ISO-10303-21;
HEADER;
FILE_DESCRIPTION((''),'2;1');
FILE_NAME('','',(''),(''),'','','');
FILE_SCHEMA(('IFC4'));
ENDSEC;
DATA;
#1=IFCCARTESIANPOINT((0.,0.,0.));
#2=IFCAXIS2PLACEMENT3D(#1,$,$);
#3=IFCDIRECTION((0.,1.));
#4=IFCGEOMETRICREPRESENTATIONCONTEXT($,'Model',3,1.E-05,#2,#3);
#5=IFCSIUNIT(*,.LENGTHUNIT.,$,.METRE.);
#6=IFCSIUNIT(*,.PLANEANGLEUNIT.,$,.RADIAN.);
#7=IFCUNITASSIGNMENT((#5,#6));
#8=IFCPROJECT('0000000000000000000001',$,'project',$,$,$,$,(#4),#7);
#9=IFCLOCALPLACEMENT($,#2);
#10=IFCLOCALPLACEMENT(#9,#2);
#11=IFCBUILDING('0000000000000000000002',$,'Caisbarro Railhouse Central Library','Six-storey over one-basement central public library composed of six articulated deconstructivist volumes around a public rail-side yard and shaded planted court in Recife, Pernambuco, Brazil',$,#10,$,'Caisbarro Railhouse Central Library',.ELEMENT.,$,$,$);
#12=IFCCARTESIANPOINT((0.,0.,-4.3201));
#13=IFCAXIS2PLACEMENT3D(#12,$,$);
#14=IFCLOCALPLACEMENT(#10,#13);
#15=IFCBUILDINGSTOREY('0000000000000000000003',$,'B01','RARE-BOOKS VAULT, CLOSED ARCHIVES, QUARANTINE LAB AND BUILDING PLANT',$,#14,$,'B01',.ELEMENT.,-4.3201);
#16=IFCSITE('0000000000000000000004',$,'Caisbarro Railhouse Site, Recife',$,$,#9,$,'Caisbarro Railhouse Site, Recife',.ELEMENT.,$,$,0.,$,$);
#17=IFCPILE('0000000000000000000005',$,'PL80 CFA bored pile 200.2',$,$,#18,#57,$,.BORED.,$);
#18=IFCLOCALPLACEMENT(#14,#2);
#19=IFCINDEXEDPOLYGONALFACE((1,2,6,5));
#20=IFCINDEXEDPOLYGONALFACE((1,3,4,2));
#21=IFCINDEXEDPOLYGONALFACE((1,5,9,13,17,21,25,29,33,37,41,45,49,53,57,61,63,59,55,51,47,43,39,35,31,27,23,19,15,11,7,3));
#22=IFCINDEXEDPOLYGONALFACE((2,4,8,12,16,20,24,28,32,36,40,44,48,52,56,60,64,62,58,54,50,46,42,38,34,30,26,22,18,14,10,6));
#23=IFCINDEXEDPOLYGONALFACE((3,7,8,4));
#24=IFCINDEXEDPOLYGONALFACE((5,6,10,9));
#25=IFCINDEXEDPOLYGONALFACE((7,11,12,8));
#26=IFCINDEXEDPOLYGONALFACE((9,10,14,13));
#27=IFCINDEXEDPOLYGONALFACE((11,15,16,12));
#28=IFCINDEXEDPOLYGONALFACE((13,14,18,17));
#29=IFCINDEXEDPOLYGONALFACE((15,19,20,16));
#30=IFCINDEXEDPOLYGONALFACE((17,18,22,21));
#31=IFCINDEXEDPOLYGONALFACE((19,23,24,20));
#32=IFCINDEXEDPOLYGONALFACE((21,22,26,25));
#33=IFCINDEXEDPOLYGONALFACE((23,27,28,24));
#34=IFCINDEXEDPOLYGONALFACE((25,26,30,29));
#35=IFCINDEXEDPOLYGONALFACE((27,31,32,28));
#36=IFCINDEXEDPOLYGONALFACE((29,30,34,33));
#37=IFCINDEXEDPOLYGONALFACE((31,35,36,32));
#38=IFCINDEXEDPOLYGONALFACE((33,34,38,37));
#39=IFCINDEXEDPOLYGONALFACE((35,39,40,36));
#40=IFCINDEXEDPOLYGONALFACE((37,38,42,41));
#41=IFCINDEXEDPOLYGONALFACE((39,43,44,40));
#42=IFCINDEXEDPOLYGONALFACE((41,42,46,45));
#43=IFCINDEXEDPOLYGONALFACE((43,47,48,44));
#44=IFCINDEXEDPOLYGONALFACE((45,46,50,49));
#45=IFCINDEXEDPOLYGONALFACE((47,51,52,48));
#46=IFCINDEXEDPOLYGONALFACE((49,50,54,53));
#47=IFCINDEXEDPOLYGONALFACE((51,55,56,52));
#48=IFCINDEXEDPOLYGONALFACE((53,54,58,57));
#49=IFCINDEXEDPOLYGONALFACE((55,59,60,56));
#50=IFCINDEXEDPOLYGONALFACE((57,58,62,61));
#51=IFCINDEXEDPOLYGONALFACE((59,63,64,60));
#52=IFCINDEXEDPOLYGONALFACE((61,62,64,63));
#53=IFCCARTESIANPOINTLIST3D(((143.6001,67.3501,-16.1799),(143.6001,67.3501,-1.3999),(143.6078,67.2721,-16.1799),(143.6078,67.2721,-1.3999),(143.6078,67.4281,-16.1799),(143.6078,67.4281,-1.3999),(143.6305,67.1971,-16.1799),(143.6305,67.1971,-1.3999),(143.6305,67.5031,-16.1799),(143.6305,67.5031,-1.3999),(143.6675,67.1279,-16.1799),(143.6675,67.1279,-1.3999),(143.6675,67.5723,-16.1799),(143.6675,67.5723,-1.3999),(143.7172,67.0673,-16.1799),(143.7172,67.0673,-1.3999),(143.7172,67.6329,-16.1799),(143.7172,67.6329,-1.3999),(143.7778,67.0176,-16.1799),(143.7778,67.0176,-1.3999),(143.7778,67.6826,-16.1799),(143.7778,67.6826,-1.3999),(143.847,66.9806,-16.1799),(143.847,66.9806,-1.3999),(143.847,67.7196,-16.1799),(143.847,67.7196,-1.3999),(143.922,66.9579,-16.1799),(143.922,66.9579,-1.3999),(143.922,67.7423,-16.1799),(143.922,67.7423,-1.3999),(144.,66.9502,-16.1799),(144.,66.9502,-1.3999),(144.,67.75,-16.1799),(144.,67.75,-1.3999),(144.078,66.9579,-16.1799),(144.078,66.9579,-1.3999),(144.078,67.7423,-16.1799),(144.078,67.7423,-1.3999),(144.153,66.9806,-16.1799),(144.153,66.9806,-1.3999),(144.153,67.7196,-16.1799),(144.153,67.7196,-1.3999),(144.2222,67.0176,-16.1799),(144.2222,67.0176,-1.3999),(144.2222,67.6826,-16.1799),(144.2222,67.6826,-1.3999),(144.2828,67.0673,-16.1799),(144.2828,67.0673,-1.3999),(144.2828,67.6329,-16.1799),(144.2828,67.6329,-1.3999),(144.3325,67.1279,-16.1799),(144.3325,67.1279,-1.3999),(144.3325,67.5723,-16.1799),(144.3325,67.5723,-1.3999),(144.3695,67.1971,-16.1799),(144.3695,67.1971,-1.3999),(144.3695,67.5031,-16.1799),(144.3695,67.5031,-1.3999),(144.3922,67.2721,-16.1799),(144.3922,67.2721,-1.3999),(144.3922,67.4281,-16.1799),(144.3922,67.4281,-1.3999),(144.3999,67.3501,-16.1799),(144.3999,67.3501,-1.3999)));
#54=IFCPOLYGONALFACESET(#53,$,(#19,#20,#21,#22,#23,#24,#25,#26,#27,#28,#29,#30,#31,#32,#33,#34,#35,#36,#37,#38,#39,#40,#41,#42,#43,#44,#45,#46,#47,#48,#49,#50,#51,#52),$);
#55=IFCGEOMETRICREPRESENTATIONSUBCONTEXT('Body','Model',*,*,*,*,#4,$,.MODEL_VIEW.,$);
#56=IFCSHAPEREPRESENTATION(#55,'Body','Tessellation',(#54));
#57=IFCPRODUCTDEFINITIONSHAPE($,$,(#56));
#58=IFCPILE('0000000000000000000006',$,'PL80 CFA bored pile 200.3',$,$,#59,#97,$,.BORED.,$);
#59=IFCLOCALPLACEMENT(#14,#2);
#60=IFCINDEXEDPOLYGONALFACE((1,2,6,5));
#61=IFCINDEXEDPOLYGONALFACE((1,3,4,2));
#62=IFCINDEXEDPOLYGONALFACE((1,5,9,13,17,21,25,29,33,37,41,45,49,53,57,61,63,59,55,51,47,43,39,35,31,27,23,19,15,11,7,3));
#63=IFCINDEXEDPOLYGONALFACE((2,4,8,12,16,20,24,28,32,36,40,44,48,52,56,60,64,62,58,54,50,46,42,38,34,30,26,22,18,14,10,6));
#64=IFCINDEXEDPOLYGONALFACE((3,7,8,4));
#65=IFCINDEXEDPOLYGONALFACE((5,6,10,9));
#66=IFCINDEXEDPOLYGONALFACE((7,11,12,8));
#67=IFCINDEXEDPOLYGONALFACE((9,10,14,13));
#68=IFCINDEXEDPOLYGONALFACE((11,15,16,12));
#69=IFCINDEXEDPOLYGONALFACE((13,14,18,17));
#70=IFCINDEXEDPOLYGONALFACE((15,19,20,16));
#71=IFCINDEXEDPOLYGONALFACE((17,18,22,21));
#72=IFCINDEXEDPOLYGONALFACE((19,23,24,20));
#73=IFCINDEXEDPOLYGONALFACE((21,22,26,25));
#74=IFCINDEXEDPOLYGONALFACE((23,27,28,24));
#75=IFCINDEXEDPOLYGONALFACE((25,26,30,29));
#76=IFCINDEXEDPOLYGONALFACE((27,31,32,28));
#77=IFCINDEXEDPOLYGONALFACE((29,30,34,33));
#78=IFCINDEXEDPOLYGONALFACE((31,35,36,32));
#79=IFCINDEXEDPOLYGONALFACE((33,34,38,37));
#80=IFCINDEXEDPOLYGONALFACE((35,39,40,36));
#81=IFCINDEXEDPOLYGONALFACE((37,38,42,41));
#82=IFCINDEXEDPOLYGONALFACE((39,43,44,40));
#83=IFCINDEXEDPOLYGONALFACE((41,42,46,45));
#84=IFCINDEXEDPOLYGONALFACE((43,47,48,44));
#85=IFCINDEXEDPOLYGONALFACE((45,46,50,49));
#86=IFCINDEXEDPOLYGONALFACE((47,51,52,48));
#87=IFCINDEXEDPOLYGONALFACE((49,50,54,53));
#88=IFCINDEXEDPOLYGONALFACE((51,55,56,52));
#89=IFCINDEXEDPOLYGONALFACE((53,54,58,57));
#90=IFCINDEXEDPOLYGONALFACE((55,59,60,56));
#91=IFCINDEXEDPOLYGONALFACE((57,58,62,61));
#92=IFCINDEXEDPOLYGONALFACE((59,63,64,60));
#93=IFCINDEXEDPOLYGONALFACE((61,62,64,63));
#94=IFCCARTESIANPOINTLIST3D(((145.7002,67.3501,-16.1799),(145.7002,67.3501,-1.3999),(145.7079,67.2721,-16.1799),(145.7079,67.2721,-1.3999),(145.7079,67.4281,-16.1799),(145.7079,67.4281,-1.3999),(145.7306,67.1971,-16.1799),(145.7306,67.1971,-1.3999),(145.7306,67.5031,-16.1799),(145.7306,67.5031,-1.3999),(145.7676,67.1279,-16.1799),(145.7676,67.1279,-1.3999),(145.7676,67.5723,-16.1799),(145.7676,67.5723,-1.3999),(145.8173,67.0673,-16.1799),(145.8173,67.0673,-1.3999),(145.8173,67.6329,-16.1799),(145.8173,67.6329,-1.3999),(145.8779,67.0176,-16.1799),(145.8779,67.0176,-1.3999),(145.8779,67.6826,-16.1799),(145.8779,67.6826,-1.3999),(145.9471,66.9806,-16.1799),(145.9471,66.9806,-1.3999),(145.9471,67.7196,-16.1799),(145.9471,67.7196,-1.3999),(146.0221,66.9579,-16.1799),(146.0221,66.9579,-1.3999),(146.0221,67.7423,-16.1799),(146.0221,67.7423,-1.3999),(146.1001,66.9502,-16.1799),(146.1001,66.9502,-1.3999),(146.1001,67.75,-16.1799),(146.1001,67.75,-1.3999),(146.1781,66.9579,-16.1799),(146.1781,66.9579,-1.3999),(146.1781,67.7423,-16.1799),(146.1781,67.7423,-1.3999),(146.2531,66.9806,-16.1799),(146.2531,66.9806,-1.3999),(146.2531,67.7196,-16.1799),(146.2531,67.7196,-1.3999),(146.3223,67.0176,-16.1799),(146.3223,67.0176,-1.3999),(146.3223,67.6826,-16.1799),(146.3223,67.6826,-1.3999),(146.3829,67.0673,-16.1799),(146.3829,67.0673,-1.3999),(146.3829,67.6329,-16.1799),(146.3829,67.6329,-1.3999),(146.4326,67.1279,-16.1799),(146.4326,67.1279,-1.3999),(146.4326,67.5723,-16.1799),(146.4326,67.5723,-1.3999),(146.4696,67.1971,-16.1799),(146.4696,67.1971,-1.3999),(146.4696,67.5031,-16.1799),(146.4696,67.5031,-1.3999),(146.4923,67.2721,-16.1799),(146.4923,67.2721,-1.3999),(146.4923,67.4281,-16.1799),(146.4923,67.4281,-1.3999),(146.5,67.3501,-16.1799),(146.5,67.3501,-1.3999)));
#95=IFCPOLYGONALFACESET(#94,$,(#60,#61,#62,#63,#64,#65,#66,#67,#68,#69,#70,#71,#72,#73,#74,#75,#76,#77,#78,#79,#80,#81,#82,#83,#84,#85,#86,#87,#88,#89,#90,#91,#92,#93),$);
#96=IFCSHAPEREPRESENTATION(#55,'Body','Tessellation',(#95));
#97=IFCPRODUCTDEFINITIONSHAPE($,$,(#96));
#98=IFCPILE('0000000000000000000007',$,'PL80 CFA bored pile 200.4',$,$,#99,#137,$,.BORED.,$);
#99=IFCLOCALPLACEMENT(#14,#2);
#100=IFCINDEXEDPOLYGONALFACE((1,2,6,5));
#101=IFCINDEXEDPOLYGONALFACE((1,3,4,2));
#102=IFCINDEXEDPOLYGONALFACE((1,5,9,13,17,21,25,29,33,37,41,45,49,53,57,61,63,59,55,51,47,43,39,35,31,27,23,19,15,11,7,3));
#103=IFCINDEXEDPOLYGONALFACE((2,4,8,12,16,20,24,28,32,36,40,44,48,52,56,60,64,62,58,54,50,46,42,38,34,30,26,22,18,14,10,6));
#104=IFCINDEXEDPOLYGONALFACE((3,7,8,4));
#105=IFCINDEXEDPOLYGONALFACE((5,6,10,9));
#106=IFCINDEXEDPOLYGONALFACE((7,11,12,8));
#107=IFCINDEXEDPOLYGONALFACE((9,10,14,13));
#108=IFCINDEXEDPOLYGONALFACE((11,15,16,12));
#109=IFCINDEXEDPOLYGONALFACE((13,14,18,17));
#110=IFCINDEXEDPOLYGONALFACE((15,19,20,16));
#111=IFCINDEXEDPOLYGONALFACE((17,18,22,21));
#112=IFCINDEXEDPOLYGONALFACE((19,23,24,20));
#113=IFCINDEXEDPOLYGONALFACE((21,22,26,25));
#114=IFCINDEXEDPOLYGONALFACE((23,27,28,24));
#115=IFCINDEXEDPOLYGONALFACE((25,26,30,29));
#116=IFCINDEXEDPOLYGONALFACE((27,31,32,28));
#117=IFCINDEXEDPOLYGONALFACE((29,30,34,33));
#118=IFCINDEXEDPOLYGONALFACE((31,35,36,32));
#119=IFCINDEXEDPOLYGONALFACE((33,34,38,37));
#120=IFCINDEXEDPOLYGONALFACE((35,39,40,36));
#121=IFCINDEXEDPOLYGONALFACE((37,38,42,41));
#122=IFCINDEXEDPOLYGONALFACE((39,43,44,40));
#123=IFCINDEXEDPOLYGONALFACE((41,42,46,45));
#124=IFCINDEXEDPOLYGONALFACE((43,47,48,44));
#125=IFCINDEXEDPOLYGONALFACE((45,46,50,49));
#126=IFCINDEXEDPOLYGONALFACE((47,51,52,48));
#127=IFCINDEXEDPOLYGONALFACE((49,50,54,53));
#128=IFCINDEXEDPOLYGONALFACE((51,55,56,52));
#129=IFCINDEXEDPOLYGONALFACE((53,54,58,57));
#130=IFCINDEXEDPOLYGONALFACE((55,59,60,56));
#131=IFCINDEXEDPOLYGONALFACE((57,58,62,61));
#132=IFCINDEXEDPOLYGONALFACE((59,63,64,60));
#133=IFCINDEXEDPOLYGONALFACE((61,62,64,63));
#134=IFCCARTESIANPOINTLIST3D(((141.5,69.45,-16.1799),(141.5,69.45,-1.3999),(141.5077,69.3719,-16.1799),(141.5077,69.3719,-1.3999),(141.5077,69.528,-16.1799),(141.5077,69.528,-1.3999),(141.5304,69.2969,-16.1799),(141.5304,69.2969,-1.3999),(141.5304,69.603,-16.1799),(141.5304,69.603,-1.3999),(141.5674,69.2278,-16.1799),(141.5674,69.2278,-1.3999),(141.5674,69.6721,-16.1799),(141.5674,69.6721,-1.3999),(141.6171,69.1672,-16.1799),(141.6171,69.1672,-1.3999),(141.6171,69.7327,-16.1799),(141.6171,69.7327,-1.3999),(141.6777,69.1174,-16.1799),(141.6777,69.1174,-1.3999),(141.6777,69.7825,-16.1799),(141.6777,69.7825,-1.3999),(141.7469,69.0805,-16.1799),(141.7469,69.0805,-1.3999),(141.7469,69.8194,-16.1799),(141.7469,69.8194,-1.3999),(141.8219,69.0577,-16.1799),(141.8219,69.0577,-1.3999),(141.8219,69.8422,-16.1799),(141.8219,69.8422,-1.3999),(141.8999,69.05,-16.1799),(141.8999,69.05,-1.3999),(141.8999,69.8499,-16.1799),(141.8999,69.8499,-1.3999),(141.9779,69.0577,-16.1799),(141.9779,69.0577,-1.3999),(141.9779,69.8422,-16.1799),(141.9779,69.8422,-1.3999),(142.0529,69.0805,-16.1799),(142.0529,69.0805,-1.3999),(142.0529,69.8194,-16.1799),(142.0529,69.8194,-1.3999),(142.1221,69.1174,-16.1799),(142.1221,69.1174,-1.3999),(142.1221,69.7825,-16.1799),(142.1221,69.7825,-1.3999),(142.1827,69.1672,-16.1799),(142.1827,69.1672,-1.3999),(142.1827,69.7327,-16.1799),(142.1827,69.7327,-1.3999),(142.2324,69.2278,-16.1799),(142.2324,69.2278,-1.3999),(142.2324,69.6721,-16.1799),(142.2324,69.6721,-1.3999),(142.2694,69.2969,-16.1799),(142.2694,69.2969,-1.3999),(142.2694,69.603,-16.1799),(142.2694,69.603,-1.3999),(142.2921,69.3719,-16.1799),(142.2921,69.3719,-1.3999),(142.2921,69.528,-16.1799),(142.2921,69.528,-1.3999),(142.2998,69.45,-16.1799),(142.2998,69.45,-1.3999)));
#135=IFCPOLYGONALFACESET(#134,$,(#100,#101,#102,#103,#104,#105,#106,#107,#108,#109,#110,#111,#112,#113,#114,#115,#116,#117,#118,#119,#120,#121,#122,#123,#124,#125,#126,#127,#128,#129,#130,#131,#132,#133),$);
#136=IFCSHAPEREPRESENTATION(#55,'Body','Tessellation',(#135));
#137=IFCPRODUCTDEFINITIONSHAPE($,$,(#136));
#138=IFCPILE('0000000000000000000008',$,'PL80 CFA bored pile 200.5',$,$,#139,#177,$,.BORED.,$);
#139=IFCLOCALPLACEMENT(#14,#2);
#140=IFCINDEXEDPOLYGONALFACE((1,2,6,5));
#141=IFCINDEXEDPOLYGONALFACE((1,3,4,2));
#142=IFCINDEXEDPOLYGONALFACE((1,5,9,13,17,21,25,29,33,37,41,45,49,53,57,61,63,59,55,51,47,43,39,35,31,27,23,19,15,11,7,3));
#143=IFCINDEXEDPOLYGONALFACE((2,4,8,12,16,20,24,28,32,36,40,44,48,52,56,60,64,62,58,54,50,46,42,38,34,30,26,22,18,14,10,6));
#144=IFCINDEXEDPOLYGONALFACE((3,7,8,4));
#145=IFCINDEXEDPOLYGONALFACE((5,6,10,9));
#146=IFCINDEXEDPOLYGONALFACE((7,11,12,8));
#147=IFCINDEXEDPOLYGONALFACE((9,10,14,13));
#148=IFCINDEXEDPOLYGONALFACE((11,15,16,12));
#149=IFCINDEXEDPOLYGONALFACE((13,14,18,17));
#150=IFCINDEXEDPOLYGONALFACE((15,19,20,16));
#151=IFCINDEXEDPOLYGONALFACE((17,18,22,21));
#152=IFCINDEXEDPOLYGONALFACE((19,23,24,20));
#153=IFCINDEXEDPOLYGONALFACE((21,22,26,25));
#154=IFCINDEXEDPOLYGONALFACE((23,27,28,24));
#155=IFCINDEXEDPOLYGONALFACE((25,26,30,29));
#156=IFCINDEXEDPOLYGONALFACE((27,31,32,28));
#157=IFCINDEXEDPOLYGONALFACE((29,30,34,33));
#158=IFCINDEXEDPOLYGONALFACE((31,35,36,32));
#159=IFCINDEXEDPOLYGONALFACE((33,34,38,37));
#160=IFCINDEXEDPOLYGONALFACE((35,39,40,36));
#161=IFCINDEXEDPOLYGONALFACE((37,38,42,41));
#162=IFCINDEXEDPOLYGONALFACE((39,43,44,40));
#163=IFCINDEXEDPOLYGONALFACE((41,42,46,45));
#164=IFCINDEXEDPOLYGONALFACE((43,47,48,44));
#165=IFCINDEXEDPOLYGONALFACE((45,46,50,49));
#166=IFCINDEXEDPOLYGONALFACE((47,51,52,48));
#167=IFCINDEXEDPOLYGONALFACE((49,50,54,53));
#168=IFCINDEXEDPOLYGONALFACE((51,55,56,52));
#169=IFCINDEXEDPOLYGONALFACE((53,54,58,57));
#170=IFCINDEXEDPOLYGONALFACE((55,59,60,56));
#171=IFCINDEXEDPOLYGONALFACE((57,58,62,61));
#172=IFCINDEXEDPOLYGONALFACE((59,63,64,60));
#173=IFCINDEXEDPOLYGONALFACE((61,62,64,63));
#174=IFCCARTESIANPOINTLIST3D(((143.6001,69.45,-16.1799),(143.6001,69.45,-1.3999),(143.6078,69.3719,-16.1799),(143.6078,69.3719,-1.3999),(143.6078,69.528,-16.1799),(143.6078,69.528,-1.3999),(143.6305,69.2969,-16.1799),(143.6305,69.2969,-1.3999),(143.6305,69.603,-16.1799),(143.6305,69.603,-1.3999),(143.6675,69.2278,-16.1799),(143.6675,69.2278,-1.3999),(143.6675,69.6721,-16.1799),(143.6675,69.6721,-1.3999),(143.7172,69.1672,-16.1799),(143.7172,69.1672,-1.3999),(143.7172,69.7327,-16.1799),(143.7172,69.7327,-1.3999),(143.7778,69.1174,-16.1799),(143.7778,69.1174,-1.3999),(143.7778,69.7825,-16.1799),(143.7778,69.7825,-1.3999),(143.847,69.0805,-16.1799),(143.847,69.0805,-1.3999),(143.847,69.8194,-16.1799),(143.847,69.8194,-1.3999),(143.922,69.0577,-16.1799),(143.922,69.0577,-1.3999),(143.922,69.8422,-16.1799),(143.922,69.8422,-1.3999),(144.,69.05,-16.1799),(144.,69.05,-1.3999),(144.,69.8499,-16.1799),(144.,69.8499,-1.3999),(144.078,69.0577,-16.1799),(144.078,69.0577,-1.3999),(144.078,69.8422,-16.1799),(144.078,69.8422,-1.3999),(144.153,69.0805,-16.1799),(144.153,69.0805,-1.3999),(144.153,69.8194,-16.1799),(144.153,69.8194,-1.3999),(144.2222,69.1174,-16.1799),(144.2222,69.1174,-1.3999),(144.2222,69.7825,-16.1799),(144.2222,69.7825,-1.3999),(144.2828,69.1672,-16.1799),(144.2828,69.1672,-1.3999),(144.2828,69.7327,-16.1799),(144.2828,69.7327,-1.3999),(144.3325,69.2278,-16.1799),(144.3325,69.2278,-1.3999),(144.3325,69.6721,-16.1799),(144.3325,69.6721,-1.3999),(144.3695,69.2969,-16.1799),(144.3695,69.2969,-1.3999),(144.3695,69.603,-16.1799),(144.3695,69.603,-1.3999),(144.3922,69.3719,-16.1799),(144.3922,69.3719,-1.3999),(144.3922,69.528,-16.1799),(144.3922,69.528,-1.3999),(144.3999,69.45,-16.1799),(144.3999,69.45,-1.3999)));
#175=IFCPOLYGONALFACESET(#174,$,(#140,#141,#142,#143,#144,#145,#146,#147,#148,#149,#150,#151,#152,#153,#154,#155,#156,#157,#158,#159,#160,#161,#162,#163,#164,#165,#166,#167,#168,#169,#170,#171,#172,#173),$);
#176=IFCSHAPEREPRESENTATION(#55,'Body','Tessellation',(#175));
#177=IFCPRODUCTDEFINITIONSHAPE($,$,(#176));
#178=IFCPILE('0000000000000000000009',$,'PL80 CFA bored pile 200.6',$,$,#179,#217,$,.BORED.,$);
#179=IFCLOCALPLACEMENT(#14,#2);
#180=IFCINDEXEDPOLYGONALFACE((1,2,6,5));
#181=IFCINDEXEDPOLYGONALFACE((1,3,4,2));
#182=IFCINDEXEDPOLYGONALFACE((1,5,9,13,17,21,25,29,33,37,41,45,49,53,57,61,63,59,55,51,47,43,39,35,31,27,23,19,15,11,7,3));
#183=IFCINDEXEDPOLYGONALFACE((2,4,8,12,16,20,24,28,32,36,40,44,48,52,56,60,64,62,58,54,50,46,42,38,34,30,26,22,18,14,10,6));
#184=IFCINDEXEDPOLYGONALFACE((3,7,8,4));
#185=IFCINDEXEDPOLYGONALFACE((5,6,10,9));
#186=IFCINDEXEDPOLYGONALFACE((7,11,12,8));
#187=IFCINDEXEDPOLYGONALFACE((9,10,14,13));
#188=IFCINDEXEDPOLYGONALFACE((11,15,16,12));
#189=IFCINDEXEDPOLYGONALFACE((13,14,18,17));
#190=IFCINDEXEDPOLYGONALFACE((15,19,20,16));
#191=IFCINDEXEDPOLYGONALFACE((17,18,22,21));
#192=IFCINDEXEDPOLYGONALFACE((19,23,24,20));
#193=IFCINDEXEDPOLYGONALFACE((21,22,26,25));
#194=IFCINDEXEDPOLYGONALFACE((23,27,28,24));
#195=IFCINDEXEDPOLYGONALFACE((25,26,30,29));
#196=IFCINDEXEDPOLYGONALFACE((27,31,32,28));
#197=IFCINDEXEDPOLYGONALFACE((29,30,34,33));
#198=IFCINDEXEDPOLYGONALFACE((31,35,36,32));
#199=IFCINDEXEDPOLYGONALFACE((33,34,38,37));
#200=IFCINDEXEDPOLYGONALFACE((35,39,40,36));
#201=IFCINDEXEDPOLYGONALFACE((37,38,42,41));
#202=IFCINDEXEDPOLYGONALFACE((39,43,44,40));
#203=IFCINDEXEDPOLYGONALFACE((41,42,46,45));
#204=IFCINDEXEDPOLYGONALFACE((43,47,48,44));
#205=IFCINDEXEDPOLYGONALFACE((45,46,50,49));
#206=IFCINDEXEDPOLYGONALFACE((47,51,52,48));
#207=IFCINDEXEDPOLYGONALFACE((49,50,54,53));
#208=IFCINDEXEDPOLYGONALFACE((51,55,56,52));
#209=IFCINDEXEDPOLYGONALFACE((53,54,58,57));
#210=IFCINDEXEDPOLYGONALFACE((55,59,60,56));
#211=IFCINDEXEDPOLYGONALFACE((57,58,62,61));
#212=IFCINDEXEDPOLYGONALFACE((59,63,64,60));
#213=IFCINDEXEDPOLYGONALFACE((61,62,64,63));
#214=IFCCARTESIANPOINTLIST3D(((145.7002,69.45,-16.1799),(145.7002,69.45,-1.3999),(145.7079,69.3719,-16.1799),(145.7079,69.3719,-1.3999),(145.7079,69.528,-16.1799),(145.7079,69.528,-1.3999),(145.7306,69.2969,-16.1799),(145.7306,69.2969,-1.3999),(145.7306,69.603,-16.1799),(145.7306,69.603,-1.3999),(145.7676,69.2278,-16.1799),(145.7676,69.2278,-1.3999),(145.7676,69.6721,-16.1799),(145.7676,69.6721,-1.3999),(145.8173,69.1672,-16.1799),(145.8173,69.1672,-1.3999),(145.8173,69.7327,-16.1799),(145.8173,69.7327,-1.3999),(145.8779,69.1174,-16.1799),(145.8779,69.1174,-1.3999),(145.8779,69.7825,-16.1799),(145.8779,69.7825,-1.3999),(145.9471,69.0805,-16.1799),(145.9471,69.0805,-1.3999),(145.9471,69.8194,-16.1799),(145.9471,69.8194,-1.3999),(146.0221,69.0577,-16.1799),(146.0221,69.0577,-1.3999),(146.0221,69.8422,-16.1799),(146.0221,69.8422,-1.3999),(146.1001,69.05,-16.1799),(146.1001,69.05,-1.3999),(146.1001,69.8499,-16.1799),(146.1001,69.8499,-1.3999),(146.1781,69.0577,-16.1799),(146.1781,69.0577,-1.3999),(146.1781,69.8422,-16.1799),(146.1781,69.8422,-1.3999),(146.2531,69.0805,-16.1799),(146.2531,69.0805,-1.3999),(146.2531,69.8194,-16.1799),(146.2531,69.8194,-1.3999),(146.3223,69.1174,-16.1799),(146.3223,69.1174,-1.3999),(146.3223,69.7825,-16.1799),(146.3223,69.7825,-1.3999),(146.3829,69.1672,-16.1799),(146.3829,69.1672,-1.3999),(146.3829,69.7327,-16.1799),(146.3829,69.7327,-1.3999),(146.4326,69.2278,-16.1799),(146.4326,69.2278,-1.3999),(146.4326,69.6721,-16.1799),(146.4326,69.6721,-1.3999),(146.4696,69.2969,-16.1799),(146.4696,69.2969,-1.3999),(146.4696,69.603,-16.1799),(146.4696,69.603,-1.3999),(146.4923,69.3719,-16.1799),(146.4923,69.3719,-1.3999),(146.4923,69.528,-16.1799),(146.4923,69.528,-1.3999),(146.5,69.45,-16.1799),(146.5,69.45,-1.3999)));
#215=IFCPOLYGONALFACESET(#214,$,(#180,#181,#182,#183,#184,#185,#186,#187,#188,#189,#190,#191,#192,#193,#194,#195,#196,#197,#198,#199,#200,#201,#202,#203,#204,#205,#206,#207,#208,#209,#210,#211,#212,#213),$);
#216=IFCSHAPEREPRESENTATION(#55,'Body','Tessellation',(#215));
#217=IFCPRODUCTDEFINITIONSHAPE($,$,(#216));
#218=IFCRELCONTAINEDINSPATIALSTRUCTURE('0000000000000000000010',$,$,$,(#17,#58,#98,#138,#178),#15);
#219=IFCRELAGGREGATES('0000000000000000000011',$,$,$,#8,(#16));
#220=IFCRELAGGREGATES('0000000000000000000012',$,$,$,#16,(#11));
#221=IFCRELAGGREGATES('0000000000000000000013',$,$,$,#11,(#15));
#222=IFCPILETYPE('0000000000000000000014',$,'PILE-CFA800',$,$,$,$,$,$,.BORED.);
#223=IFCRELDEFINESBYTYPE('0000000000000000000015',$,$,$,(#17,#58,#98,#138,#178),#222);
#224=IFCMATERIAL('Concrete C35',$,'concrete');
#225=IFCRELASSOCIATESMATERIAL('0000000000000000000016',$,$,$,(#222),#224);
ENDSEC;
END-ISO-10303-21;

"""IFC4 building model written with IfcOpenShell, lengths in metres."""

from ifc_helpers import new_model, si_unit, direction, frame, origin, origin_2d, place, context, subcontext, project, spatial, circle, extrude, material, material_profile, profile_set, type_object, element, save


model = new_model("IFC4")

# Units and contexts
model_context = context("Model", 3, precision=1e-05, world=origin(), true_north=direction((0.0, 1.0)))
body_context = subcontext(model_context, "Body", "Model", "MODEL_VIEW")
ifc_project = project(units=[si_unit("LENGTHUNIT", "METRE"), si_unit("PLANEANGLEUNIT", "RADIAN")], contexts=[model_context])

# Site, building, storey
site_placement = place(None, origin())
site = spatial("IfcSite", under=ifc_project, at=site_placement, Name="Caisbarro Railhouse Site, Recife", LongName="Caisbarro Railhouse Site, Recife", CompositionType="ELEMENT", RefElevation=0.0)
building_placement = place(site_placement, origin())
building = spatial("IfcBuilding", under=site, at=building_placement, Name="Caisbarro Railhouse Central Library", Description="Six-storey over one-basement central public library composed of six articulated deconstructivist volumes around a public rail-side yard and shaded planted court in Recife, Pernambuco, Brazil", LongName="Caisbarro Railhouse Central Library", CompositionType="ELEMENT")
storey_placement = place(building_placement, frame((0.0, 0.0, -4.3201)))
storey = spatial("IfcBuildingStorey", under=building, at=storey_placement, Name="B01", Description="RARE-BOOKS VAULT, CLOSED ARCHIVES, QUARANTINE LAB AND BUILDING PLANT", LongName="B01", CompositionType="ELEMENT", Elevation=-4.3201)

# Shared definitions
ifc_material_1 = material(Name="Concrete C35", Category="concrete")

# Piles
ifc_material_profile_1 = material_profile(ifc_material_1, circle(Radius=0.3999, at=origin_2d()), Name="PILE-CFA-800")
ifc_profile_set_1 = profile_set([ifc_material_profile_1], Name="Concrete C35")
pile_type_1 = type_object("IfcPileType", Name="PILE-CFA800", PredefinedType="BORED", material=ifc_profile_set_1)
for number, where, z_axis, x_axis, name in (
    (1, (144.0, 67.3501, -1.3999), (0.0, 0.0, -1.0), (1.0, 0.0, 0.0), "PL80 CFA bored pile 200.2"),
    (2, (146.1001, 67.3501, -1.3999), (0.0, 0.0, -1.0), (1.0, 0.0, 0.0), "PL80 CFA bored pile 200.3"),
    (3, (141.8999, 69.45, -1.3999), (0.0, 0.0, -1.0), (1.0, 0.0, 0.0), "PL80 CFA bored pile 200.4"),
    (4, (144.0, 69.45, -1.3999), (0.0, 0.0, -1.0), (1.0, 0.0, 0.0), "PL80 CFA bored pile 200.5"),
    (5, (146.1001, 69.45, -1.3999), (0.0, 0.0, -1.0), (1.0, 0.0, 0.0), "PL80 CFA bored pile 200.6"),
):
    element("IfcPile", number, at=place(storey_placement, frame(where, z_axis=z_axis, x_axis=x_axis)), inside=storey, type_object=pile_type_1, Name=name, PredefinedType="BORED", context=body_context, shape_type="SweptSolid", body=[
        extrude(circle(Radius=0.3999, at=origin_2d()), origin(), (0.0, 0.0, 1.0), 14.78),
    ])

save(model, "model.ifc")
